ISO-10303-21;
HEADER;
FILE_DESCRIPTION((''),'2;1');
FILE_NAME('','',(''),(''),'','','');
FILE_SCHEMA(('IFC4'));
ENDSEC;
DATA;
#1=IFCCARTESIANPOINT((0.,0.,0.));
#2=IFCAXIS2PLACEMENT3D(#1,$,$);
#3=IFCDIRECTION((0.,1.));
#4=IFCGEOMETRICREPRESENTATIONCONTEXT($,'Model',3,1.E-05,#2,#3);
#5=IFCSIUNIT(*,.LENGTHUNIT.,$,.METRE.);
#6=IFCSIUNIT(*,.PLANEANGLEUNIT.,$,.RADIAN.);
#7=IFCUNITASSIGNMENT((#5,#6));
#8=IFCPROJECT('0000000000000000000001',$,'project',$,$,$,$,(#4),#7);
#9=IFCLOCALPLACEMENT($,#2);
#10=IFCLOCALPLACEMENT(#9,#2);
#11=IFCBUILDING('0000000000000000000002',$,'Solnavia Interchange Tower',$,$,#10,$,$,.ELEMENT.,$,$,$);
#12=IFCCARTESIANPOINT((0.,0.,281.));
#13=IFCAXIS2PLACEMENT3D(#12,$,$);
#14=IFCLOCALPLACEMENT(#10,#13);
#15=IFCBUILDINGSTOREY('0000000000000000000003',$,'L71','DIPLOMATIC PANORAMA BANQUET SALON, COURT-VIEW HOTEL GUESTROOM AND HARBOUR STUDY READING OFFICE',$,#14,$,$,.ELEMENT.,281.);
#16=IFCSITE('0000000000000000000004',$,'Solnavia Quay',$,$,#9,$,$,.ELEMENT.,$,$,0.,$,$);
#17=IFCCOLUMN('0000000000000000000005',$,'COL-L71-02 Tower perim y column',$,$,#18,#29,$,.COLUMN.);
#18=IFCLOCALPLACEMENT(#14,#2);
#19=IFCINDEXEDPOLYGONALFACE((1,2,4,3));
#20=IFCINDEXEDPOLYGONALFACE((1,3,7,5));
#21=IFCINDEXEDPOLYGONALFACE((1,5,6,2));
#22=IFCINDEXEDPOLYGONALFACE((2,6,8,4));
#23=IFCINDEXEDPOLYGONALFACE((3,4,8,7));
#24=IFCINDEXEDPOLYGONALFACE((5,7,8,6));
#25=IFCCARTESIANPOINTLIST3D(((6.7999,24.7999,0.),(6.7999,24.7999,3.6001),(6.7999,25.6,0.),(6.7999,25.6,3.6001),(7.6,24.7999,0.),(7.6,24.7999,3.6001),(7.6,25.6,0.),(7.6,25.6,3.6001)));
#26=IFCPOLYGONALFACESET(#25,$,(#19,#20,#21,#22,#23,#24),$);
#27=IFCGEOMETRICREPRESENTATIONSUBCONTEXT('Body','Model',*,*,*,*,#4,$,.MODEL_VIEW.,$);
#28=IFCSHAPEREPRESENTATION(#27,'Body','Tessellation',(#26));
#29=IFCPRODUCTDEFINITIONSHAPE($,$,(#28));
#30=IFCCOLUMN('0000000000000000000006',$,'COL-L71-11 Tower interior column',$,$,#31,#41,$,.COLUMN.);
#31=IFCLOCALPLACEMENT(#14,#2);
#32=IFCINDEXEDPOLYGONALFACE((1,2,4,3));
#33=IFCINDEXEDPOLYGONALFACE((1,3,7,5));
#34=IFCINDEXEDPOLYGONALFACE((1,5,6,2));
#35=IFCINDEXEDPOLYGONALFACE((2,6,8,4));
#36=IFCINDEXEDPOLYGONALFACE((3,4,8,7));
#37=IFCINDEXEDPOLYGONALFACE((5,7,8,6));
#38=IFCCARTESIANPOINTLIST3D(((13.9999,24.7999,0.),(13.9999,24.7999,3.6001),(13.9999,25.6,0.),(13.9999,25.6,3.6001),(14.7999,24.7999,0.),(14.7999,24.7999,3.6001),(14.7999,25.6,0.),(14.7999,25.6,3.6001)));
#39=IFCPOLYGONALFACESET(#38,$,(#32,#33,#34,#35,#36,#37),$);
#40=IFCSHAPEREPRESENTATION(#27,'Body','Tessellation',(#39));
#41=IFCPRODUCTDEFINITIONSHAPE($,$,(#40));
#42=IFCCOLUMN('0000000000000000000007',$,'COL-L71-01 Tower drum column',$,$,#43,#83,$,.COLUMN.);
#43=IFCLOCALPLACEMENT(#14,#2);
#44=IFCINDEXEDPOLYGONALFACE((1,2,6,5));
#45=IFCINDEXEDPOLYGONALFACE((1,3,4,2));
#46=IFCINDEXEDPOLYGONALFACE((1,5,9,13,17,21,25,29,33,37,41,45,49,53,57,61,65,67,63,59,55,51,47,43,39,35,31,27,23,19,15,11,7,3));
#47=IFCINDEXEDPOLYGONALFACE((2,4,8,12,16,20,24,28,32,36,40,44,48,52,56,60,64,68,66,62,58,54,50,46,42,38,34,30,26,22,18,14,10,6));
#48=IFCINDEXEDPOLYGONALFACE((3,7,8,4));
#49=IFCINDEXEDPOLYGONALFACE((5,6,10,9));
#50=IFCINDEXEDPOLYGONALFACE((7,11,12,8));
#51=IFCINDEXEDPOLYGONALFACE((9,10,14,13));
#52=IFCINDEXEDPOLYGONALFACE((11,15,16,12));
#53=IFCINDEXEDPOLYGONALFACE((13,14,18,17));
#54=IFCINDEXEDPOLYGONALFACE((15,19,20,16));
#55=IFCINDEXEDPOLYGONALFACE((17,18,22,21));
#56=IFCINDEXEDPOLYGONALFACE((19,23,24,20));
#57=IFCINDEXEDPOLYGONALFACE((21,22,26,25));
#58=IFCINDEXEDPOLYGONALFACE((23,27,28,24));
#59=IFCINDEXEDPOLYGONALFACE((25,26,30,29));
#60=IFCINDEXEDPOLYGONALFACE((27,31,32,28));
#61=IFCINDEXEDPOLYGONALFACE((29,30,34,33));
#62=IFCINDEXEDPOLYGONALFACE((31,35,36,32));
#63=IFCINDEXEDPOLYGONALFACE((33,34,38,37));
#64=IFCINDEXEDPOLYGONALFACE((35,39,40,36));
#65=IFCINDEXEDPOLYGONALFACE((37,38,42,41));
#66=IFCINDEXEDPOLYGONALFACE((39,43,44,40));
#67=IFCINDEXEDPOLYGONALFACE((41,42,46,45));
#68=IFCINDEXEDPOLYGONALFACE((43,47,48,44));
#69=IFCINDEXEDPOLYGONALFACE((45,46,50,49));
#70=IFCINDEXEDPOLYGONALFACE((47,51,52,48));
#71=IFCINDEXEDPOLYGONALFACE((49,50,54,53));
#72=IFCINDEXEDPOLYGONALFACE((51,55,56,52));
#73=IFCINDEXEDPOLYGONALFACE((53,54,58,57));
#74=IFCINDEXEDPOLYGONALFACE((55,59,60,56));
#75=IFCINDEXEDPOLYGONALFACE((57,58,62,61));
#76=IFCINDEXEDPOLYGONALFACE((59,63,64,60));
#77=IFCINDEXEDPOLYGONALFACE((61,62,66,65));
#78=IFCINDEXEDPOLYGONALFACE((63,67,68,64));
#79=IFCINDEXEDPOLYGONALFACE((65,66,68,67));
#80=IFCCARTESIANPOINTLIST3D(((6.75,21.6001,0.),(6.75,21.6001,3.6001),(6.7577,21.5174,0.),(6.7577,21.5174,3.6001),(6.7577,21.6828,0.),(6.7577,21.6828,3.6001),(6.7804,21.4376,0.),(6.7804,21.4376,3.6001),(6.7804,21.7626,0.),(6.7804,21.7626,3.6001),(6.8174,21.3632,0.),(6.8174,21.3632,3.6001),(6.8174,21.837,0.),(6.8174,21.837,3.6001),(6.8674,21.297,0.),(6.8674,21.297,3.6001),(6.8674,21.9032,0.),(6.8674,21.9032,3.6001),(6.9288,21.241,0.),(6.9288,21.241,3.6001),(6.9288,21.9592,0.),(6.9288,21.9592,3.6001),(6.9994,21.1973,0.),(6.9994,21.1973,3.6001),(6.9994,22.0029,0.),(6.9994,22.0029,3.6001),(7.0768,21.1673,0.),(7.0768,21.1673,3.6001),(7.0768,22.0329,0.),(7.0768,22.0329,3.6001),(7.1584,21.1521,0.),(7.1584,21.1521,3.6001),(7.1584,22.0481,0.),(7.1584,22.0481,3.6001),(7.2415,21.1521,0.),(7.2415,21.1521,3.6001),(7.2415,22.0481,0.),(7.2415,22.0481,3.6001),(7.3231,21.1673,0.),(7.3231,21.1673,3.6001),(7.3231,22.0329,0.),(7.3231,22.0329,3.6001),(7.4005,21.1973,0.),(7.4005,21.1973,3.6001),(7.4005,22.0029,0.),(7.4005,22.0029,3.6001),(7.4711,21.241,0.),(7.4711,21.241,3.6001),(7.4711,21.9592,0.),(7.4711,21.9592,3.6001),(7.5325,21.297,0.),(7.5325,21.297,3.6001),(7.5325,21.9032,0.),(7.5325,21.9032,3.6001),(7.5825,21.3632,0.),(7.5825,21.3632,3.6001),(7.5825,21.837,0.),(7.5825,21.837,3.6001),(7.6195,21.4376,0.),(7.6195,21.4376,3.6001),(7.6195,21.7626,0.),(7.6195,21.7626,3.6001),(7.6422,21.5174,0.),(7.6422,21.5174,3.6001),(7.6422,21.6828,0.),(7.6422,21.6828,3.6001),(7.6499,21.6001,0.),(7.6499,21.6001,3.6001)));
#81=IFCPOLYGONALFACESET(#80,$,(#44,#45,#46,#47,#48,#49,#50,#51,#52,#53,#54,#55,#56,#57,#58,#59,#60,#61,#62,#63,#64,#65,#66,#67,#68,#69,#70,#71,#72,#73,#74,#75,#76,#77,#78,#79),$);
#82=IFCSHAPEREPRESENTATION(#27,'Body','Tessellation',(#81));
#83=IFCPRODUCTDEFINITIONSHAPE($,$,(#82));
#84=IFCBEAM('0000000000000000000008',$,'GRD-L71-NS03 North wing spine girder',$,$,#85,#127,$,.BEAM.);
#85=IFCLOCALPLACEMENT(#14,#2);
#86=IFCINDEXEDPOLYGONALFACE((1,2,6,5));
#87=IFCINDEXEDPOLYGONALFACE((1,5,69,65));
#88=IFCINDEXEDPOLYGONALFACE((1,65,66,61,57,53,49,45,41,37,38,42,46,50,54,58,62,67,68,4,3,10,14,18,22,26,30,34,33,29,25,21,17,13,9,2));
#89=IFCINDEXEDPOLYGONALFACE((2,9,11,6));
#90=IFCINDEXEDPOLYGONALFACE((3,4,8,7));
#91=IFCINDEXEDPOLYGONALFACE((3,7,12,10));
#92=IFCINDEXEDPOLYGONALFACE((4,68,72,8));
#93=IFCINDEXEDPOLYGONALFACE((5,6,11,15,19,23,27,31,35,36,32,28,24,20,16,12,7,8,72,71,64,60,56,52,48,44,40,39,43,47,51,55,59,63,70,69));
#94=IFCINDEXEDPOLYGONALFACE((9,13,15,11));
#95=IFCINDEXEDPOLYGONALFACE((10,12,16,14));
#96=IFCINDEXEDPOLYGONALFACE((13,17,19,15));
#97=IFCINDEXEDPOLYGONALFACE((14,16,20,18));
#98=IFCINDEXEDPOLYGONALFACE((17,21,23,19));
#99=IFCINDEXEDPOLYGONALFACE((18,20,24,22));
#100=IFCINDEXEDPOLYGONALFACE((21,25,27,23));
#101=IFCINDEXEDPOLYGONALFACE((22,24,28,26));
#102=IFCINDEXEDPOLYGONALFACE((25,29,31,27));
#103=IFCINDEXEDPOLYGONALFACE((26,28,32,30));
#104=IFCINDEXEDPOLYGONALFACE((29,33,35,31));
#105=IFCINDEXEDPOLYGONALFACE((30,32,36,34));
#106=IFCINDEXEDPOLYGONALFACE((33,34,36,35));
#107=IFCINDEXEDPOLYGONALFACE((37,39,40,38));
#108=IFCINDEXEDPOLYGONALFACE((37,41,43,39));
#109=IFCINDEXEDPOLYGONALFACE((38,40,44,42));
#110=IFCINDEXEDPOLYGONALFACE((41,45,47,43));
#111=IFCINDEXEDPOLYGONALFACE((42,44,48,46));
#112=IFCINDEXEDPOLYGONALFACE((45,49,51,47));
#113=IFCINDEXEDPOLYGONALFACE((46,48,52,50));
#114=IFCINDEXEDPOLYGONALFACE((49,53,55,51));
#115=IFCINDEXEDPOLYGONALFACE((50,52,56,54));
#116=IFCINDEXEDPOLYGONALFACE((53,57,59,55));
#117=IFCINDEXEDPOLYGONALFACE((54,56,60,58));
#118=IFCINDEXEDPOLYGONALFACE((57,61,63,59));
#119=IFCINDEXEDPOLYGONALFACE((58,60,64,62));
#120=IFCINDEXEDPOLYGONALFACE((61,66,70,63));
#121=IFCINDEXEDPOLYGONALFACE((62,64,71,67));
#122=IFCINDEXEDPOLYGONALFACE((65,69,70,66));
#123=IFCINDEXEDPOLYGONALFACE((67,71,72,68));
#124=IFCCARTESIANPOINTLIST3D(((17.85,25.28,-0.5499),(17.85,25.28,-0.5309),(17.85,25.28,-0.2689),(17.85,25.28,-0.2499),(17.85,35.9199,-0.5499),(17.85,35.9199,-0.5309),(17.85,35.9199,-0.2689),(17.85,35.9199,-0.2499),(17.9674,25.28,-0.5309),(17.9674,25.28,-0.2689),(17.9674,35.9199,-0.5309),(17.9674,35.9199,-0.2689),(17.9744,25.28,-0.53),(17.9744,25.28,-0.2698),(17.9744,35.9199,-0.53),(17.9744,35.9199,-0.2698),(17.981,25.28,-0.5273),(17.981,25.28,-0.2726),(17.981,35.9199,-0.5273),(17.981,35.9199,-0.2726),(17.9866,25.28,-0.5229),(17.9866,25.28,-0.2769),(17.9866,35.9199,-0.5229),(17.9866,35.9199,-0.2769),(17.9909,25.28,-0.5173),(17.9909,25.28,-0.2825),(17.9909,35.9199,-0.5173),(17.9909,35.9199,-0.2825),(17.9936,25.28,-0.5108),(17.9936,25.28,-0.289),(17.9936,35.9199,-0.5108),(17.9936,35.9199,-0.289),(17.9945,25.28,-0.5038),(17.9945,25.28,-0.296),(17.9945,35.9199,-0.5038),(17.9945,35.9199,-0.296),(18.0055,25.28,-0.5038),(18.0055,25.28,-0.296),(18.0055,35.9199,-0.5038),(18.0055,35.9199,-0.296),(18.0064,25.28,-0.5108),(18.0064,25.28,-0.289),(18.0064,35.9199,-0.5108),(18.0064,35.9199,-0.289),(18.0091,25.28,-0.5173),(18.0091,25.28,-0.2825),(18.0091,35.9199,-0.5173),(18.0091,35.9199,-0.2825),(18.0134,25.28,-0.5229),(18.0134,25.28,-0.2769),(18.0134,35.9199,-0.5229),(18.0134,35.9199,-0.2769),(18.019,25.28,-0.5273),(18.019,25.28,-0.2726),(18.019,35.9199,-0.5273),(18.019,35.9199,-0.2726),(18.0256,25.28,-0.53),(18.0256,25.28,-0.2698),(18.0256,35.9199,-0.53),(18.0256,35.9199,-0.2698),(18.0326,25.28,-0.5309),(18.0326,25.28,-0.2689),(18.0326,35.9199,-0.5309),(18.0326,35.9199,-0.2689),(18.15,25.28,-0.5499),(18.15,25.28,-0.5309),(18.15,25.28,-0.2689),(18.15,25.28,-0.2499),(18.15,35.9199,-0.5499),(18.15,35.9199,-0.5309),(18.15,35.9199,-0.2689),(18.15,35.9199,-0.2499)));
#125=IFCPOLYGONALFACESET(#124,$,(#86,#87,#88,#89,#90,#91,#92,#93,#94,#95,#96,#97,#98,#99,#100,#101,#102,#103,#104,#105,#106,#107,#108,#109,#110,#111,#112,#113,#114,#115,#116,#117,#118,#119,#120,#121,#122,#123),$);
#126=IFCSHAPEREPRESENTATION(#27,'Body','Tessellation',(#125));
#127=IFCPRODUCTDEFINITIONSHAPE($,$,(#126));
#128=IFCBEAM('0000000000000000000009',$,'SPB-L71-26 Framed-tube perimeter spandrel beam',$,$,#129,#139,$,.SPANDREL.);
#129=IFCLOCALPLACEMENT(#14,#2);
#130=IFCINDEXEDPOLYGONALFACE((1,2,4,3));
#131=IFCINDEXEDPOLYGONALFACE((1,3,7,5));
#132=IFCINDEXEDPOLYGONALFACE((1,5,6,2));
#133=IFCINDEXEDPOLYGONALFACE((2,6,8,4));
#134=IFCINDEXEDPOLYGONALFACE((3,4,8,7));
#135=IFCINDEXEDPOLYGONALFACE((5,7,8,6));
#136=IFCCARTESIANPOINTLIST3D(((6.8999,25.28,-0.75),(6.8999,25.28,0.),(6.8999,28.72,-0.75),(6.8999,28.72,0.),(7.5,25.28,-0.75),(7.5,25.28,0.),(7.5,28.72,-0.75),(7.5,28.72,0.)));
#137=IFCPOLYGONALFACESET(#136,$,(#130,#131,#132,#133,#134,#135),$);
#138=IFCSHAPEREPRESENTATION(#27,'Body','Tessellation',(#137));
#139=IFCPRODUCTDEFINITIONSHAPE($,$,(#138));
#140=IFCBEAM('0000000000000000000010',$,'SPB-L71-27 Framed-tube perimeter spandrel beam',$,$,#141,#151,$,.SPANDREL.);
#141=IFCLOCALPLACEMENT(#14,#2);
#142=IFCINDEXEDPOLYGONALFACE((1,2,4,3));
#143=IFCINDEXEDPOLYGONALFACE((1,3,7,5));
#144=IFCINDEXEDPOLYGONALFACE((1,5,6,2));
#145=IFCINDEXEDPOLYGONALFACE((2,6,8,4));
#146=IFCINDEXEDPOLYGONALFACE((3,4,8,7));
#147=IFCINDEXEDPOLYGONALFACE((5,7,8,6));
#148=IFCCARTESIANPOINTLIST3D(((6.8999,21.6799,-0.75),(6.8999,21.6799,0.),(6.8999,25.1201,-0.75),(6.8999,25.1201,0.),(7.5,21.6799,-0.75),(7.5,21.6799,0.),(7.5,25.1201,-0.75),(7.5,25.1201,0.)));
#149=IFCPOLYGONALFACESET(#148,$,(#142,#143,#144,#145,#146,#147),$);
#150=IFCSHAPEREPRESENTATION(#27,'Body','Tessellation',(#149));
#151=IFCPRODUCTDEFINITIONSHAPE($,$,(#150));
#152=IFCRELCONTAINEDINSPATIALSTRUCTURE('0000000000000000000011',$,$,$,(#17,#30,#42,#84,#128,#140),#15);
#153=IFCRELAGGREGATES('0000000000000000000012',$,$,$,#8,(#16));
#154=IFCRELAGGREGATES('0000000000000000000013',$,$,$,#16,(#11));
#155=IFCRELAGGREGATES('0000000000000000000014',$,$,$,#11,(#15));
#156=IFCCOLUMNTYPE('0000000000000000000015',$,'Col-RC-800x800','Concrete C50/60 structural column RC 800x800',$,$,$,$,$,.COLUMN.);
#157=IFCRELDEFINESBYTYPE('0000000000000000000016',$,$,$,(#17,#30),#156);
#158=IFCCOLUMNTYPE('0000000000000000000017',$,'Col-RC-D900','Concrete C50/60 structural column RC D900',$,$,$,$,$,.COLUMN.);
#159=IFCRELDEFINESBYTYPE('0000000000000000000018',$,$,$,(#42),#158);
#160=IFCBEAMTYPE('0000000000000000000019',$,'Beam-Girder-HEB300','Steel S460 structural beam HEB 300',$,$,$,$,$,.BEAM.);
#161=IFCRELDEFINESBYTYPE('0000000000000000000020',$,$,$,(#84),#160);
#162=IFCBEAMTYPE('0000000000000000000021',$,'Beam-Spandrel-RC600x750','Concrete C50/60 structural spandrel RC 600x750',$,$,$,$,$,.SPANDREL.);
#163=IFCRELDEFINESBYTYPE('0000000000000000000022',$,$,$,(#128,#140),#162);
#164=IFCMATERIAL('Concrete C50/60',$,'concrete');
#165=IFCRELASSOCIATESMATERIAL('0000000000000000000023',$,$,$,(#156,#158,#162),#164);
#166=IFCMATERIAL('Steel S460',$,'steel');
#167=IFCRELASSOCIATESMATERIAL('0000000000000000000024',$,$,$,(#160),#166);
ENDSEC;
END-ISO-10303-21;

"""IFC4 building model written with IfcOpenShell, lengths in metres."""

from ifc_helpers import new_model, si_unit, direction, frame, origin, origin_2d, place, context, subcontext, project, spatial, rectangle, circle, i_section, extrude, material, material_profile, profile_set, type_object, element, save


model = new_model("IFC4")

# Units and contexts
model_context = context("Model", 3, precision=1e-05, world=origin(), true_north=direction((0.0, 1.0)))
body_context = subcontext(model_context, "Body", "Model", "MODEL_VIEW")
ifc_project = project(units=[si_unit("LENGTHUNIT", "METRE"), si_unit("PLANEANGLEUNIT", "RADIAN")], contexts=[model_context])

# Site, building, storey
site_placement = place(None, origin())
site = spatial("IfcSite", under=ifc_project, at=site_placement, Name="Solnavia Quay", CompositionType="ELEMENT", RefElevation=0.0)
building_placement = place(site_placement, origin())
building = spatial("IfcBuilding", under=site, at=building_placement, Name="Solnavia Interchange Tower", CompositionType="ELEMENT")
storey_placement = place(building_placement, frame((0.0, 0.0, 281.0)))
storey = spatial("IfcBuildingStorey", under=building, at=storey_placement, Name="L71", Description="DIPLOMATIC PANORAMA BANQUET SALON, COURT-VIEW HOTEL GUESTROOM AND HARBOUR STUDY READING OFFICE", CompositionType="ELEMENT", Elevation=281.0)

# Columns
ifc_material_1 = material(Name="Concrete C50/60", Category="concrete")
ifc_material_profile_1 = material_profile(ifc_material_1, rectangle(XDim=0.8, YDim=0.8, at=origin_2d()), Name="RC 800x800")
ifc_profile_set_1 = profile_set([ifc_material_profile_1], Name="Concrete C50/60")
column_type_1 = type_object("IfcColumnType", Name="Col-RC-800x800", Description="Concrete C50/60 structural column RC 800x800", PredefinedType="COLUMN", material=ifc_profile_set_1)
for number, where, z_axis, x_axis, name in (
    (1, (7.2, 25.2, 0.0), (0.0, 0.0, 1.0), (0.0, 1.0, 0.0), "COL-L71-02 Tower perim y column"),
    (2, (14.3999, 25.2, 0.0), (0.0, 0.0, 1.0), (1.0, 0.0, 0.0), "COL-L71-11 Tower interior column"),
):
    element("IfcColumn", number, at=place(storey_placement, frame(where, z_axis=z_axis, x_axis=x_axis)), inside=storey, type_object=column_type_1, Name=name, PredefinedType="COLUMN", context=body_context, shape_type="SweptSolid", body=[
        extrude(rectangle(XDim=0.8, YDim=0.8, at=origin_2d()), origin(), (0.0, 0.0, 1.0), 3.6001),
    ])
ifc_material_profile_2 = material_profile(ifc_material_1, circle(Radius=0.45, at=origin_2d()), Name="RC D900")
ifc_profile_set_2 = profile_set([ifc_material_profile_2], Name="Concrete C50/60")
column_type_2 = type_object("IfcColumnType", Name="Col-RC-D900", Description="Concrete C50/60 structural column RC D900", PredefinedType="COLUMN", material=ifc_profile_set_2)
column_placement = place(storey_placement, frame((7.2, 21.6001, 0.0), z_axis=(0.0, 0.0, 1.0), x_axis=(1.0, 0.0, 0.0)))
element("IfcColumn", 3, at=column_placement, inside=storey, type_object=column_type_2, Name="COL-L71-01 Tower drum column", PredefinedType="COLUMN", context=body_context, shape_type="SweptSolid", body=[
    extrude(circle(Radius=0.45, at=origin_2d()), origin(), (0.0, 0.0, 1.0), 3.6001),
])

# Beams
ifc_material_2 = material(Name="Steel S460", Category="steel")
ifc_material_profile_3 = material_profile(ifc_material_2, i_section(OverallWidth=0.3, OverallDepth=0.3, WebThickness=0.011, FlangeThickness=0.019, FilletRadius=0.0271, at=origin_2d()), Name="HEB 300")
ifc_profile_set_3 = profile_set([ifc_material_profile_3], Name="Steel S460")
beam_type_1 = type_object("IfcBeamType", Name="Beam-Girder-HEB300", Description="Steel S460 structural beam HEB 300", PredefinedType="BEAM", material=ifc_profile_set_3)
beam_1_placement = place(storey_placement, frame((18.0, 25.28, -0.3999), z_axis=(0.0, 1.0, 0.0), x_axis=(-1.0, 0.0, 0.0)))
element("IfcBeam", 4, at=beam_1_placement, inside=storey, type_object=beam_type_1, Name="GRD-L71-NS03 North wing spine girder", PredefinedType="BEAM", context=body_context, shape_type="SweptSolid", body=[
    extrude(i_section(OverallWidth=0.3, OverallDepth=0.3, WebThickness=0.011, FlangeThickness=0.019, FilletRadius=0.0271, at=origin_2d()), origin(), (0.0, 0.0, 1.0), 10.6399),
])
ifc_material_profile_4 = material_profile(ifc_material_1, rectangle(XDim=0.6001, YDim=0.75, at=origin_2d()), Name="RC 600x750")
ifc_profile_set_4 = profile_set([ifc_material_profile_4], Name="Concrete C50/60")
beam_type_2 = type_object("IfcBeamType", Name="Beam-Spandrel-RC600x750", Description="Concrete C50/60 structural spandrel RC 600x750", PredefinedType="SPANDREL", material=ifc_profile_set_4)
beam_2_placement = place(storey_placement, frame((7.2, 28.72, -0.375), z_axis=(0.0, -1.0, 0.0), x_axis=(1.0, 0.0, 0.0)))
element("IfcBeam", 5, at=beam_2_placement, inside=storey, type_object=beam_type_2, Name="SPB-L71-26 Framed-tube perimeter spandrel beam", PredefinedType="SPANDREL", context=body_context, shape_type="SweptSolid", body=[
    extrude(rectangle(XDim=0.6001, YDim=0.75, at=origin_2d()), origin(), (0.0, 0.0, 1.0), 3.4399),
])
beam_3_placement = place(storey_placement, frame((7.2, 25.1201, -0.375), z_axis=(0.0, -1.0, 0.0), x_axis=(1.0, 0.0, 0.0)))
element("IfcBeam", 6, at=beam_3_placement, inside=storey, type_object=beam_type_2, Name="SPB-L71-27 Framed-tube perimeter spandrel beam", PredefinedType="SPANDREL", context=body_context, shape_type="SweptSolid", body=[
    extrude(rectangle(XDim=0.6001, YDim=0.75, at=origin_2d()), origin(), (0.0, 0.0, 1.0), 3.4402),
])

save(model, "model.ifc")
